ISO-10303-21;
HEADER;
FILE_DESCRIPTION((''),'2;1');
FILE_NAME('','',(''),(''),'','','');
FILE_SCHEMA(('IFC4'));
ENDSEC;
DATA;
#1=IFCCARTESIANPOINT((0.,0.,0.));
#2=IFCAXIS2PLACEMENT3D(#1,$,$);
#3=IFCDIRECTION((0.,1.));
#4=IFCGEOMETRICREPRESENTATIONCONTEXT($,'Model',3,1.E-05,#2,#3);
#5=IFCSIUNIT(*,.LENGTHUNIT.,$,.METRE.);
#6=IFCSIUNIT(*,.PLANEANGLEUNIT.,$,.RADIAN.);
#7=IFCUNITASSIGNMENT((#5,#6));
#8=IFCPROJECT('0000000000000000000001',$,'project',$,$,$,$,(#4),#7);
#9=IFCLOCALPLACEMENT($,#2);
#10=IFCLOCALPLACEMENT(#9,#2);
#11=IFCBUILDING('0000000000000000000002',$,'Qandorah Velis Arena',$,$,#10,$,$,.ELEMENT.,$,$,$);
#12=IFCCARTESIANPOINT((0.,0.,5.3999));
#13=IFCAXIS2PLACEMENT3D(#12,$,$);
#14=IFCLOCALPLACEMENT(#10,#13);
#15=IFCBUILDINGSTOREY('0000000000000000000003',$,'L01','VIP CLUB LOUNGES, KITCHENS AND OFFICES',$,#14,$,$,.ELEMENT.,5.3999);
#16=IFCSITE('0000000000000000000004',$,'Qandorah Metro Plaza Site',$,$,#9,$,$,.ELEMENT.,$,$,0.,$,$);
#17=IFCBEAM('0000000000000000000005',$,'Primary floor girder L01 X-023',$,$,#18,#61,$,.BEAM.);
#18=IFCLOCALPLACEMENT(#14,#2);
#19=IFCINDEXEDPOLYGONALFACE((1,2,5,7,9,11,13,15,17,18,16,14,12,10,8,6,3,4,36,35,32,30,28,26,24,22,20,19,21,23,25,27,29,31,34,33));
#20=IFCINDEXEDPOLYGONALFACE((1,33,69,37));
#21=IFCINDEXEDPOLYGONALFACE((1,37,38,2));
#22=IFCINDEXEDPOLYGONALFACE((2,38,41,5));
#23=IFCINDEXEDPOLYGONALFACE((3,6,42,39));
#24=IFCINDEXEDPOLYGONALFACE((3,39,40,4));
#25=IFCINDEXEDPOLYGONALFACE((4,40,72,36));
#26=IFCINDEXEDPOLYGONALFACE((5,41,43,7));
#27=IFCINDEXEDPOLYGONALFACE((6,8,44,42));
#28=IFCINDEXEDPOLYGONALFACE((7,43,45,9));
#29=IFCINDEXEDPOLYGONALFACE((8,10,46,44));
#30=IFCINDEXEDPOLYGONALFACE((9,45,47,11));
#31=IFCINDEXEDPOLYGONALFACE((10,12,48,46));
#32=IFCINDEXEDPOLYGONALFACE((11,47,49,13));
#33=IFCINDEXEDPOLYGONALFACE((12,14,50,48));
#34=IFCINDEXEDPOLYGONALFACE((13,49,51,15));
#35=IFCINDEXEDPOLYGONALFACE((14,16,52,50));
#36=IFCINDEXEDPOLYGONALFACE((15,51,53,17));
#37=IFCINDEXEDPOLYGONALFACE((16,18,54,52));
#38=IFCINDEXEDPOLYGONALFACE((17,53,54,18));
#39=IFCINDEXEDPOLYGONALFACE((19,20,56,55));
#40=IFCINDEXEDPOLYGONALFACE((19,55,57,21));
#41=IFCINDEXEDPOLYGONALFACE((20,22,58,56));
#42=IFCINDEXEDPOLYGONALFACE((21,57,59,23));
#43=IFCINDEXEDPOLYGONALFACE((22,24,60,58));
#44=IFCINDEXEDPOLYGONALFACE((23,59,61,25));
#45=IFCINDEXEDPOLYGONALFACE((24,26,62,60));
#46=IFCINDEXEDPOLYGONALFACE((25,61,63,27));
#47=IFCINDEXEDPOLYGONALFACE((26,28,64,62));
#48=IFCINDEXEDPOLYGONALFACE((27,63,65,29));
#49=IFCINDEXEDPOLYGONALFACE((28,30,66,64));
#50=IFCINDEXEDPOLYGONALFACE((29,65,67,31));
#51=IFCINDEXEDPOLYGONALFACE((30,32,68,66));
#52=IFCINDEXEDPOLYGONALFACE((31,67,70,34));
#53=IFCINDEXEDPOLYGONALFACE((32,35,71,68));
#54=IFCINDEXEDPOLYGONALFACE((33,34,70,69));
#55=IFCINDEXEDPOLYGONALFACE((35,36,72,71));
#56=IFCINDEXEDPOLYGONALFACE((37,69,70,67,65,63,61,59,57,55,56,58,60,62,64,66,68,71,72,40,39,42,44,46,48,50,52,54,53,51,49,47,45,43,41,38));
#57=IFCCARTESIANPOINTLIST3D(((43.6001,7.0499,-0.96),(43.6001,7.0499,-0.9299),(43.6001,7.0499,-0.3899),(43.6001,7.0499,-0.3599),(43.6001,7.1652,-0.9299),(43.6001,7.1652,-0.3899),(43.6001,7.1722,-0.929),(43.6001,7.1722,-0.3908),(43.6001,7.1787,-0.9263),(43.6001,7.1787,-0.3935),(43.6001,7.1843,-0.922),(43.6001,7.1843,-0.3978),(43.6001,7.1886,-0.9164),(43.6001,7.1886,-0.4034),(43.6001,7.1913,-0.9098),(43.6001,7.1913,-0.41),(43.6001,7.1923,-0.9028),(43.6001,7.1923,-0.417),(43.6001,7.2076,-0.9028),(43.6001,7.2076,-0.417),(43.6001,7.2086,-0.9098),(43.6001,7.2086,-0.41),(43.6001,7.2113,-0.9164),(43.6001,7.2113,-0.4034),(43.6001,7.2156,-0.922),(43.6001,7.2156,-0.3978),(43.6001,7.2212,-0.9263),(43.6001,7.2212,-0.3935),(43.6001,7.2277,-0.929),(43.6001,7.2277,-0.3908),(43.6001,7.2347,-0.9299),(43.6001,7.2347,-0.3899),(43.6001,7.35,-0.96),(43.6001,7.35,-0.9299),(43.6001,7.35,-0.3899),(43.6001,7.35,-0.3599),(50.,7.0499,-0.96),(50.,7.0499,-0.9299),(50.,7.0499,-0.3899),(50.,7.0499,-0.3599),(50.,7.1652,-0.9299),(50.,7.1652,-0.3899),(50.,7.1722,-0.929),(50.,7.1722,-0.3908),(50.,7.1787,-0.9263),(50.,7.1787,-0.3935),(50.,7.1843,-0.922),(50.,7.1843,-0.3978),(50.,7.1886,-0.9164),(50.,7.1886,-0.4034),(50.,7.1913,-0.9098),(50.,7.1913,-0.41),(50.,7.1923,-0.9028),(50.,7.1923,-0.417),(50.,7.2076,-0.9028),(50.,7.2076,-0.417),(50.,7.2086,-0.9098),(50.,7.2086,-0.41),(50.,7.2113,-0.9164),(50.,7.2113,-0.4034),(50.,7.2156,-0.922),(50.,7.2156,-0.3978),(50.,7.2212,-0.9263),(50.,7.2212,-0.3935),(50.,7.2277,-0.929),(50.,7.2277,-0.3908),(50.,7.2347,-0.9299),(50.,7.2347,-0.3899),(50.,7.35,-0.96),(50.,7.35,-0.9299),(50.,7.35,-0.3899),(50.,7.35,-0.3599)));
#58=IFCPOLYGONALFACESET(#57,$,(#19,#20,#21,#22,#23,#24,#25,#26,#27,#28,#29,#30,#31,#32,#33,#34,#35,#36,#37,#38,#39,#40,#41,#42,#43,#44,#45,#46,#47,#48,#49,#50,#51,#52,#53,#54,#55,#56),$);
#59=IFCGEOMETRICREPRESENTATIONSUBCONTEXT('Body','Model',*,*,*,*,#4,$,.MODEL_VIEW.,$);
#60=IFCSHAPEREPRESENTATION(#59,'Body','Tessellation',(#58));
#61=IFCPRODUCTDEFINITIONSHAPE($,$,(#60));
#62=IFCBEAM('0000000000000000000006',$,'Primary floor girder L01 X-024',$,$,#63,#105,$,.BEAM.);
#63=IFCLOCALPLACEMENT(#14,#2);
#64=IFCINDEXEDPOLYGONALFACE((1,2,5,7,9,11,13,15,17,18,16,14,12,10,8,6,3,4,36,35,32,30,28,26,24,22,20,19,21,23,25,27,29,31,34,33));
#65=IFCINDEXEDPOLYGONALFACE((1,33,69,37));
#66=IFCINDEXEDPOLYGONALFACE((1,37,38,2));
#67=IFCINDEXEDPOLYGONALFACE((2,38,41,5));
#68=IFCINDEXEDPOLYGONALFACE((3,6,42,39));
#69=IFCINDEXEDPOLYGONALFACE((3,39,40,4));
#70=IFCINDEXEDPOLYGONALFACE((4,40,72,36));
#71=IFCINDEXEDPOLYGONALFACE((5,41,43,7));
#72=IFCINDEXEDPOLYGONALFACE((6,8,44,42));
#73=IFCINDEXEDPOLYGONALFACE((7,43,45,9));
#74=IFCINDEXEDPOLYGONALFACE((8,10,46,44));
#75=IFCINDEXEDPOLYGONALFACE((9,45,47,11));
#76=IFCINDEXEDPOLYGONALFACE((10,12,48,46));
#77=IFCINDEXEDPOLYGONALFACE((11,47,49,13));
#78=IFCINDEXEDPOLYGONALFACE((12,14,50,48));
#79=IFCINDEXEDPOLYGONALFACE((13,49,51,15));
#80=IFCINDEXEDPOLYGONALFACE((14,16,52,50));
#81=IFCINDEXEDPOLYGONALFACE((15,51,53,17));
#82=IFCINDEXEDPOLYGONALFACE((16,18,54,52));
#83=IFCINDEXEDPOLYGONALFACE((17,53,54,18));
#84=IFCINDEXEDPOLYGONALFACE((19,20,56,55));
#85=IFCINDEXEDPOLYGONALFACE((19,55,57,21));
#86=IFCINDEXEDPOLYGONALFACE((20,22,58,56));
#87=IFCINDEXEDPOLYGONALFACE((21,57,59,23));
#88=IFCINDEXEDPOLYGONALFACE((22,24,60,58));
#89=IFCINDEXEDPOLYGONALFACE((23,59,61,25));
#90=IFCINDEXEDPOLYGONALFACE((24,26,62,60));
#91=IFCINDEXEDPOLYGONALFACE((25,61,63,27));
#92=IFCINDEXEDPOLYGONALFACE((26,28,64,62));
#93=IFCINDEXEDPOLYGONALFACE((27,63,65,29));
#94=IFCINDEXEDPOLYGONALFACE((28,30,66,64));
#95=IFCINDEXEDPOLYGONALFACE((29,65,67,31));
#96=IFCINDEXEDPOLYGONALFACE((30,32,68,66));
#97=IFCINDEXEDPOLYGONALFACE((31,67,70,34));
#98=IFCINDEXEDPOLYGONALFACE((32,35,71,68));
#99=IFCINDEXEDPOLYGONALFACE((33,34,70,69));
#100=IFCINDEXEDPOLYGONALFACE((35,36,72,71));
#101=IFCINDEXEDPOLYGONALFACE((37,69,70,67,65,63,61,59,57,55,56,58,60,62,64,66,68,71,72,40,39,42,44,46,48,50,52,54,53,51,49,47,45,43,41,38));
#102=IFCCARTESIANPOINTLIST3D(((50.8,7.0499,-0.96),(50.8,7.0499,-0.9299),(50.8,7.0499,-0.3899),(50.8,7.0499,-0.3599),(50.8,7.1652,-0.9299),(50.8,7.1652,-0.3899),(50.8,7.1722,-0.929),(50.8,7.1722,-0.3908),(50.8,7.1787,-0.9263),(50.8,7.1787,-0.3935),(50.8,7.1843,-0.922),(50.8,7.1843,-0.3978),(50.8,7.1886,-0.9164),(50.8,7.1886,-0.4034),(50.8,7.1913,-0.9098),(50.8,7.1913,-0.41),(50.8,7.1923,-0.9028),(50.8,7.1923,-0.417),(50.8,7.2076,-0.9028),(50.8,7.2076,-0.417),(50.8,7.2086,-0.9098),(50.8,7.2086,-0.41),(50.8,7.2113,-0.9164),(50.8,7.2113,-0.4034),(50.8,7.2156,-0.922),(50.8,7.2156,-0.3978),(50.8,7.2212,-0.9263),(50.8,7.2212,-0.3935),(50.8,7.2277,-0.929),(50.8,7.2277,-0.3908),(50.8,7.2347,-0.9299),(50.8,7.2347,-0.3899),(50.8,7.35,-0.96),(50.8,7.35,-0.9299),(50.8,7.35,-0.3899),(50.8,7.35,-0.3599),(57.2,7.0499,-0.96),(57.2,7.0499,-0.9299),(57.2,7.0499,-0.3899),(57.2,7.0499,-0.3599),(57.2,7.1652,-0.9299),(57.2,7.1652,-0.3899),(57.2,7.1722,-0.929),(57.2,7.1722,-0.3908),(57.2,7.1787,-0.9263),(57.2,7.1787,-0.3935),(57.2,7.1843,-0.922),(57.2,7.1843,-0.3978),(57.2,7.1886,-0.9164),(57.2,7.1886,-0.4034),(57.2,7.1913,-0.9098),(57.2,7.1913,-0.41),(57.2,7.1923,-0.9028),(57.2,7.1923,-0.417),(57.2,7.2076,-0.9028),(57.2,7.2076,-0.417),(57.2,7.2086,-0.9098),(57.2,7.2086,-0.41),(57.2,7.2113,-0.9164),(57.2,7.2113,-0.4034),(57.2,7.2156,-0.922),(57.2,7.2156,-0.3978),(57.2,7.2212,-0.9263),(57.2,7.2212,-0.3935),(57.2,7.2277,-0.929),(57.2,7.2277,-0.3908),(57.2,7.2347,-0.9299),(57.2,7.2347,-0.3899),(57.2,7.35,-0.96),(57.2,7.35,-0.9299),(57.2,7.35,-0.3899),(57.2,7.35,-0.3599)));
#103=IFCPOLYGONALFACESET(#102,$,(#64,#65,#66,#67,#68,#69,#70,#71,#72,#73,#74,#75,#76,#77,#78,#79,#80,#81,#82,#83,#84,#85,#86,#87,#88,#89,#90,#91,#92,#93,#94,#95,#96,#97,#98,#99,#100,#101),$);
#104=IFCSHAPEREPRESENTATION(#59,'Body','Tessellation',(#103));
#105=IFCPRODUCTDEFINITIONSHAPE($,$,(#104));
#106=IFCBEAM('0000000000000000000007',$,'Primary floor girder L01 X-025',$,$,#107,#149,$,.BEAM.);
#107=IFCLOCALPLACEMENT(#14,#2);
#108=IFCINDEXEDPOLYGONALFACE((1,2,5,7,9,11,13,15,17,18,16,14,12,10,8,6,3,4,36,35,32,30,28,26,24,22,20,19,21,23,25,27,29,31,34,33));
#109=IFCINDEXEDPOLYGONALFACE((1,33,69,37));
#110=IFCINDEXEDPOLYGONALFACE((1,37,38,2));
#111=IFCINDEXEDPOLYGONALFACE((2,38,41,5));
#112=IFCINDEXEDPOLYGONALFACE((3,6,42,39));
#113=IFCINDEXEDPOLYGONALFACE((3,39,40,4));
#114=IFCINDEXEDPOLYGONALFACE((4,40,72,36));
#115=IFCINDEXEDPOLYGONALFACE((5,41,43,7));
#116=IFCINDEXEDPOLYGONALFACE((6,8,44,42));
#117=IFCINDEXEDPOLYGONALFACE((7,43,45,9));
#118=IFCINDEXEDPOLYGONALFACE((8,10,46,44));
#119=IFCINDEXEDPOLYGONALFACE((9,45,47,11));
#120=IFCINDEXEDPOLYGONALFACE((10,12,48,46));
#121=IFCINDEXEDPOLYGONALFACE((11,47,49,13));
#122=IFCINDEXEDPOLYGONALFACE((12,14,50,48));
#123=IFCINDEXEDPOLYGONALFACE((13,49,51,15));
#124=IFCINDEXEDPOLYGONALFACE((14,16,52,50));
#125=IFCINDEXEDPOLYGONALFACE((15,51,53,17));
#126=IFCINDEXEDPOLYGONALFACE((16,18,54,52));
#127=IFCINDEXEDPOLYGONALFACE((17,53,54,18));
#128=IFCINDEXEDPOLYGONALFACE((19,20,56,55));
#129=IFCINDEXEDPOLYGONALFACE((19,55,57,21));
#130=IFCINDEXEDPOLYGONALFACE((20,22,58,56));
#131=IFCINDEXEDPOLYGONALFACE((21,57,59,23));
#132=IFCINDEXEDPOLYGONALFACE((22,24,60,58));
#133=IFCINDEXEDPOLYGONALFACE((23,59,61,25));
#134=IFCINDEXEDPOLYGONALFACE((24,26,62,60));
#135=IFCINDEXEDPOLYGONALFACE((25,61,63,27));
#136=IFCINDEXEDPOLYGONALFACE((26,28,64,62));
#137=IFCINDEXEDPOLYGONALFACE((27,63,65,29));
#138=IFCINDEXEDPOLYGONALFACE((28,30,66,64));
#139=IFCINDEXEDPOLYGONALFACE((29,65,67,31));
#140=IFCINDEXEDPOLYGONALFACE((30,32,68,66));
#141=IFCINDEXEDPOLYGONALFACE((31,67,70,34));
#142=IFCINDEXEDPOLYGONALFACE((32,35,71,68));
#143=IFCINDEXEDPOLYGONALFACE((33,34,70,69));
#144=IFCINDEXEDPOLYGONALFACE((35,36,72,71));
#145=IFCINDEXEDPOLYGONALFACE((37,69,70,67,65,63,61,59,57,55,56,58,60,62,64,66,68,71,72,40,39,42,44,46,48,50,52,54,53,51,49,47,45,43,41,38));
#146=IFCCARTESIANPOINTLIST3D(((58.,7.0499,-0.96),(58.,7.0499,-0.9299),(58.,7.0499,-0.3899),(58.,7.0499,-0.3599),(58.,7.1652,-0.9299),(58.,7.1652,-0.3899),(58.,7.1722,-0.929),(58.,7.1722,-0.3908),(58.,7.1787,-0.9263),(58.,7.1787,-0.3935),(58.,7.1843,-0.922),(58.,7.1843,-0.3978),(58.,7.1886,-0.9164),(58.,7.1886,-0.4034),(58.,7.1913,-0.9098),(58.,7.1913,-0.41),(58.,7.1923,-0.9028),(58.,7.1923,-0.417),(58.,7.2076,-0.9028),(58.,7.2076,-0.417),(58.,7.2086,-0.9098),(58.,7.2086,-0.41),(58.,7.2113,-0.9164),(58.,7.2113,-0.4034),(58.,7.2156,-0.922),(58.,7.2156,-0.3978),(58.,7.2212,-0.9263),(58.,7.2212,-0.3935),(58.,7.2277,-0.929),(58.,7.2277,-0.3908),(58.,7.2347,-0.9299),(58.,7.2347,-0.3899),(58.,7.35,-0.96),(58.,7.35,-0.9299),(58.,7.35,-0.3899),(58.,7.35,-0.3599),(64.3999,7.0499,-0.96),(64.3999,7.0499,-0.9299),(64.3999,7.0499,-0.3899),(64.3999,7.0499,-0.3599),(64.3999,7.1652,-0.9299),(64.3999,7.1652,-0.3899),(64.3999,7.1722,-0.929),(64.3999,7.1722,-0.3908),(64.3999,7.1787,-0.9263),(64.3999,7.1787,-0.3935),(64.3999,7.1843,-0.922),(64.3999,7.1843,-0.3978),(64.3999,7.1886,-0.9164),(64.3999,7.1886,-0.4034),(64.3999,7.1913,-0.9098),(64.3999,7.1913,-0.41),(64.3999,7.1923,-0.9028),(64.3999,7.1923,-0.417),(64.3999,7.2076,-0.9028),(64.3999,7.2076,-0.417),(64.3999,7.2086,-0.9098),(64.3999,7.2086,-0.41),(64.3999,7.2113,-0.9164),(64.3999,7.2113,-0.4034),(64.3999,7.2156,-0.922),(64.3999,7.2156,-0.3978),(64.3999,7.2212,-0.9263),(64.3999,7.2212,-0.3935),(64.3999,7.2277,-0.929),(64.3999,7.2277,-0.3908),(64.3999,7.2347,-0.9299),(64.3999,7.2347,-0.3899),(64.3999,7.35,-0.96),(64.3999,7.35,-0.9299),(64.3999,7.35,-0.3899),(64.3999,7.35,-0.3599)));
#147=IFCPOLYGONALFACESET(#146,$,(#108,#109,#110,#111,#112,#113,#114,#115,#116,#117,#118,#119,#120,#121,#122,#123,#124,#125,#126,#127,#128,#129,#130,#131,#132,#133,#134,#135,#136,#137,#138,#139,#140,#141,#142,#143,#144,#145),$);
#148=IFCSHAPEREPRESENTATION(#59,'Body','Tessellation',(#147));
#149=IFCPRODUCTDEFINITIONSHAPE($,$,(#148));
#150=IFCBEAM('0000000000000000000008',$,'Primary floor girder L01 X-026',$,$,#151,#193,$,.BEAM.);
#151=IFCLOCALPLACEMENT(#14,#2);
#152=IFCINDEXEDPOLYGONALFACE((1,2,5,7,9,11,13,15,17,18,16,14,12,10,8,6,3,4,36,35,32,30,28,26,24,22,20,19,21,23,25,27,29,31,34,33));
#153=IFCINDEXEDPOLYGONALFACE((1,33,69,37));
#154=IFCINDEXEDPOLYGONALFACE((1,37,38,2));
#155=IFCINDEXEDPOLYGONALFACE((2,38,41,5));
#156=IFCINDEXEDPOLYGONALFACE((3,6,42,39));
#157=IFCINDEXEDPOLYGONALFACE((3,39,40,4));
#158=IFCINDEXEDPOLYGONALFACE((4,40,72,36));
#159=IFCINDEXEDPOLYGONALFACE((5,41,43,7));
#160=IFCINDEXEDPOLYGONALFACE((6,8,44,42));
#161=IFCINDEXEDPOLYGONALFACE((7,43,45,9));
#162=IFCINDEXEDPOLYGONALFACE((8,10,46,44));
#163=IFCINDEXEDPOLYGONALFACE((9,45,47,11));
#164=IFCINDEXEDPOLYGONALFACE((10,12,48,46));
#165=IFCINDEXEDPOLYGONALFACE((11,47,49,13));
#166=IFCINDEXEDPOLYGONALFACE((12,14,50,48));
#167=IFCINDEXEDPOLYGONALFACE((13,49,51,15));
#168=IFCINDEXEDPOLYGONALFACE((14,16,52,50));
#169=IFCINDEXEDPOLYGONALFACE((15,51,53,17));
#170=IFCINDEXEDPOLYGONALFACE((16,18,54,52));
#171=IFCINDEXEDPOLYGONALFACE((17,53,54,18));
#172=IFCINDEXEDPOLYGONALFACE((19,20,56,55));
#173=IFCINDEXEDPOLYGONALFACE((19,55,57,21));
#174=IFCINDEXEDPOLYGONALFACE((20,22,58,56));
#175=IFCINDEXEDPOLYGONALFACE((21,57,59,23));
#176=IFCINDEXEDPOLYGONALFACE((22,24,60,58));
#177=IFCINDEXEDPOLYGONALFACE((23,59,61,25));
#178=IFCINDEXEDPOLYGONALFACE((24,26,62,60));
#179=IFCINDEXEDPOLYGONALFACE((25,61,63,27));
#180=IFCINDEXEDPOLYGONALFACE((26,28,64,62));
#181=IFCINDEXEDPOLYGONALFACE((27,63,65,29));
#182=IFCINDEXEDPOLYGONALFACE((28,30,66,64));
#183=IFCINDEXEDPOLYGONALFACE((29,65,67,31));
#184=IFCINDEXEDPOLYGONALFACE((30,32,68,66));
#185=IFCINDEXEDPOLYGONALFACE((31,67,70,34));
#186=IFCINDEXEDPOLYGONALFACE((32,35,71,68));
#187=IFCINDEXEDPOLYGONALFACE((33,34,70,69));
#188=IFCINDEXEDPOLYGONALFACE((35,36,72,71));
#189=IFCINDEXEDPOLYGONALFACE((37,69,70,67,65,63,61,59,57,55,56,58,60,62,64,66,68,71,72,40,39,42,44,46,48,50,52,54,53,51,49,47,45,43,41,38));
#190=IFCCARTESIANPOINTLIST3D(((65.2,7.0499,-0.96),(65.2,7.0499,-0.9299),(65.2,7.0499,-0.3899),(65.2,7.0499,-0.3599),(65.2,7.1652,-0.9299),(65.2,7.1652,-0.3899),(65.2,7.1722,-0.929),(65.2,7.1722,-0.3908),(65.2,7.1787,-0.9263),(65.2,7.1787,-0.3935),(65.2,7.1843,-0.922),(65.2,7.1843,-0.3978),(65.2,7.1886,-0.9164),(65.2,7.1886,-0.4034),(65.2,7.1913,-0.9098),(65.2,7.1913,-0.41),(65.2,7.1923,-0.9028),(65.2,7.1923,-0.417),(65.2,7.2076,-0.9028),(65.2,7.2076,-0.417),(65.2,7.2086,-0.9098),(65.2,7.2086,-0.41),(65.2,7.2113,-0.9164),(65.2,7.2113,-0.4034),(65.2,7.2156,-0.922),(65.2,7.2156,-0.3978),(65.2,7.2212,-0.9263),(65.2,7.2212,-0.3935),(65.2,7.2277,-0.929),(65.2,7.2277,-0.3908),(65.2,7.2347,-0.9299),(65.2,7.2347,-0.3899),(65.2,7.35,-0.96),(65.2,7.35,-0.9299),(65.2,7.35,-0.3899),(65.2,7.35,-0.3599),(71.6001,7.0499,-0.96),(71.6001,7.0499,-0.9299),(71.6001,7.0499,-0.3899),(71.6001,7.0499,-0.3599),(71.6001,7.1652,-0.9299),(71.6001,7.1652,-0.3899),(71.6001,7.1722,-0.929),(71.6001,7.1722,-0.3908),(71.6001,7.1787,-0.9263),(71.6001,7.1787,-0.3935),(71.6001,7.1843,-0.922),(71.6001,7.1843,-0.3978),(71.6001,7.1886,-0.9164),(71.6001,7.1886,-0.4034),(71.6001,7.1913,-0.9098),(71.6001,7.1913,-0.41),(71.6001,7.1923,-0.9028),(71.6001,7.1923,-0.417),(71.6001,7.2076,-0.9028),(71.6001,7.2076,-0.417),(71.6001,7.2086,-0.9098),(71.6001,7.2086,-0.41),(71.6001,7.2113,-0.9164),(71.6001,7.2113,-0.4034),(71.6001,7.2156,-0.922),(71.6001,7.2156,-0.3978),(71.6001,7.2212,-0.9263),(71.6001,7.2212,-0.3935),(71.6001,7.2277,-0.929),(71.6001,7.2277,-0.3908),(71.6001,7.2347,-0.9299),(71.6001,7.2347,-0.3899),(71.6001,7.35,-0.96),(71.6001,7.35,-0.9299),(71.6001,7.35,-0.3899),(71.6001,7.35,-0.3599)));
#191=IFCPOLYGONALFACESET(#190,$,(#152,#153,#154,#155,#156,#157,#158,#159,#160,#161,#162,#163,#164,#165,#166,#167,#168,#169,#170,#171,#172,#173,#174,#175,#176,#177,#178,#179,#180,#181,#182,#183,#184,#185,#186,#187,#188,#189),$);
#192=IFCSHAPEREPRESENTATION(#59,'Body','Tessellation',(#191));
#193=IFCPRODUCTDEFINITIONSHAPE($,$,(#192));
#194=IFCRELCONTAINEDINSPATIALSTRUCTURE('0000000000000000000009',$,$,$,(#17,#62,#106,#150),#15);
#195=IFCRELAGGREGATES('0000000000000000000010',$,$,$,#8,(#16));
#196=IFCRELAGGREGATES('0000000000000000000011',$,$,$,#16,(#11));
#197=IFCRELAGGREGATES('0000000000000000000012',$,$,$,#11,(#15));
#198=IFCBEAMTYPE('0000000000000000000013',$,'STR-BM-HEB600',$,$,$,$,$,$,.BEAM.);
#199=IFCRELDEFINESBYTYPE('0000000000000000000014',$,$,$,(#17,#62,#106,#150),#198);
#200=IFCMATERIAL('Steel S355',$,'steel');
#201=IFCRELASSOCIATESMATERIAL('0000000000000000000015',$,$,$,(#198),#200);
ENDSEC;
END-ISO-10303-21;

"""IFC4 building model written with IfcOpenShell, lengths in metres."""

from ifc_helpers import new_model, si_unit, direction, frame, origin, origin_2d, place, context, subcontext, project, spatial, i_section, extrude, material, material_profile, profile_set, type_object, element, save


model = new_model("IFC4")

# Units and contexts
model_context = context("Model", 3, precision=1e-05, world=origin(), true_north=direction((0.0, 1.0)))
body_context = subcontext(model_context, "Body", "Model", "MODEL_VIEW")
ifc_project = project(units=[si_unit("LENGTHUNIT", "METRE"), si_unit("PLANEANGLEUNIT", "RADIAN")], contexts=[model_context])

# Site, building, storey
site_placement = place(None, origin())
site = spatial("IfcSite", under=ifc_project, at=site_placement, Name="Qandorah Metro Plaza Site", CompositionType="ELEMENT", RefElevation=0.0)
building_placement = place(site_placement, origin())
building = spatial("IfcBuilding", under=site, at=building_placement, Name="Qandorah Velis Arena", CompositionType="ELEMENT")
storey_placement = place(building_placement, frame((0.0, 0.0, 5.3999)))
storey = spatial("IfcBuildingStorey", under=building, at=storey_placement, Name="L01", Description="VIP CLUB LOUNGES, KITCHENS AND OFFICES", CompositionType="ELEMENT", Elevation=5.3999)

# Beams
ifc_material_1 = material(Name="Steel S355", Category="steel")
ifc_material_profile_1 = material_profile(ifc_material_1, i_section(OverallWidth=0.3, OverallDepth=0.6001, WebThickness=0.0154, FlangeThickness=0.03, FilletRadius=0.0271, at=origin_2d()), Name="HEB 600")
ifc_profile_set_1 = profile_set([ifc_material_profile_1], Name="Steel S355")
beam_type_1 = type_object("IfcBeamType", Name="STR-BM-HEB600", PredefinedType="BEAM", material=ifc_profile_set_1)
for number, where, z_axis, x_axis, name in (
    (1, (43.6001, 7.2, -0.6599), (1.0, 0.0, 0.0), (0.0, 1.0, 0.0), "Primary floor girder L01 X-023"),
    (2, (50.8, 7.2, -0.6599), (1.0, 0.0, 0.0), (0.0, 1.0, 0.0), "Primary floor girder L01 X-024"),
    (3, (58.0, 7.2, -0.6599), (1.0, 0.0, 0.0), (0.0, 1.0, 0.0), "Primary floor girder L01 X-025"),
):
    element("IfcBeam", number, at=place(storey_placement, frame(where, z_axis=z_axis, x_axis=x_axis)), inside=storey, type_object=beam_type_1, Name=name, PredefinedType="BEAM", context=body_context, shape_type="SweptSolid", body=[
        extrude(i_section(OverallWidth=0.3, OverallDepth=0.6001, WebThickness=0.0154, FlangeThickness=0.03, FilletRadius=0.0271, at=origin_2d()), origin(), (0.0, 0.0, 1.0), 6.3999),
    ])
beam_1_placement = place(storey_placement, frame((65.2, 7.2, -0.6599), z_axis=(1.0, 0.0, 0.0), x_axis=(0.0, 1.0, 0.0)))
element("IfcBeam", 4, at=beam_1_placement, inside=storey, type_object=beam_type_1, Name="Primary floor girder L01 X-026", PredefinedType="BEAM", context=body_context, shape_type="SweptSolid", body=[
    extrude(i_section(OverallWidth=0.3, OverallDepth=0.6001, WebThickness=0.0154, FlangeThickness=0.03, FilletRadius=0.0271, at=origin_2d()), origin(), (0.0, 0.0, 1.0), 6.4001),
])

save(model, "model.ifc")
